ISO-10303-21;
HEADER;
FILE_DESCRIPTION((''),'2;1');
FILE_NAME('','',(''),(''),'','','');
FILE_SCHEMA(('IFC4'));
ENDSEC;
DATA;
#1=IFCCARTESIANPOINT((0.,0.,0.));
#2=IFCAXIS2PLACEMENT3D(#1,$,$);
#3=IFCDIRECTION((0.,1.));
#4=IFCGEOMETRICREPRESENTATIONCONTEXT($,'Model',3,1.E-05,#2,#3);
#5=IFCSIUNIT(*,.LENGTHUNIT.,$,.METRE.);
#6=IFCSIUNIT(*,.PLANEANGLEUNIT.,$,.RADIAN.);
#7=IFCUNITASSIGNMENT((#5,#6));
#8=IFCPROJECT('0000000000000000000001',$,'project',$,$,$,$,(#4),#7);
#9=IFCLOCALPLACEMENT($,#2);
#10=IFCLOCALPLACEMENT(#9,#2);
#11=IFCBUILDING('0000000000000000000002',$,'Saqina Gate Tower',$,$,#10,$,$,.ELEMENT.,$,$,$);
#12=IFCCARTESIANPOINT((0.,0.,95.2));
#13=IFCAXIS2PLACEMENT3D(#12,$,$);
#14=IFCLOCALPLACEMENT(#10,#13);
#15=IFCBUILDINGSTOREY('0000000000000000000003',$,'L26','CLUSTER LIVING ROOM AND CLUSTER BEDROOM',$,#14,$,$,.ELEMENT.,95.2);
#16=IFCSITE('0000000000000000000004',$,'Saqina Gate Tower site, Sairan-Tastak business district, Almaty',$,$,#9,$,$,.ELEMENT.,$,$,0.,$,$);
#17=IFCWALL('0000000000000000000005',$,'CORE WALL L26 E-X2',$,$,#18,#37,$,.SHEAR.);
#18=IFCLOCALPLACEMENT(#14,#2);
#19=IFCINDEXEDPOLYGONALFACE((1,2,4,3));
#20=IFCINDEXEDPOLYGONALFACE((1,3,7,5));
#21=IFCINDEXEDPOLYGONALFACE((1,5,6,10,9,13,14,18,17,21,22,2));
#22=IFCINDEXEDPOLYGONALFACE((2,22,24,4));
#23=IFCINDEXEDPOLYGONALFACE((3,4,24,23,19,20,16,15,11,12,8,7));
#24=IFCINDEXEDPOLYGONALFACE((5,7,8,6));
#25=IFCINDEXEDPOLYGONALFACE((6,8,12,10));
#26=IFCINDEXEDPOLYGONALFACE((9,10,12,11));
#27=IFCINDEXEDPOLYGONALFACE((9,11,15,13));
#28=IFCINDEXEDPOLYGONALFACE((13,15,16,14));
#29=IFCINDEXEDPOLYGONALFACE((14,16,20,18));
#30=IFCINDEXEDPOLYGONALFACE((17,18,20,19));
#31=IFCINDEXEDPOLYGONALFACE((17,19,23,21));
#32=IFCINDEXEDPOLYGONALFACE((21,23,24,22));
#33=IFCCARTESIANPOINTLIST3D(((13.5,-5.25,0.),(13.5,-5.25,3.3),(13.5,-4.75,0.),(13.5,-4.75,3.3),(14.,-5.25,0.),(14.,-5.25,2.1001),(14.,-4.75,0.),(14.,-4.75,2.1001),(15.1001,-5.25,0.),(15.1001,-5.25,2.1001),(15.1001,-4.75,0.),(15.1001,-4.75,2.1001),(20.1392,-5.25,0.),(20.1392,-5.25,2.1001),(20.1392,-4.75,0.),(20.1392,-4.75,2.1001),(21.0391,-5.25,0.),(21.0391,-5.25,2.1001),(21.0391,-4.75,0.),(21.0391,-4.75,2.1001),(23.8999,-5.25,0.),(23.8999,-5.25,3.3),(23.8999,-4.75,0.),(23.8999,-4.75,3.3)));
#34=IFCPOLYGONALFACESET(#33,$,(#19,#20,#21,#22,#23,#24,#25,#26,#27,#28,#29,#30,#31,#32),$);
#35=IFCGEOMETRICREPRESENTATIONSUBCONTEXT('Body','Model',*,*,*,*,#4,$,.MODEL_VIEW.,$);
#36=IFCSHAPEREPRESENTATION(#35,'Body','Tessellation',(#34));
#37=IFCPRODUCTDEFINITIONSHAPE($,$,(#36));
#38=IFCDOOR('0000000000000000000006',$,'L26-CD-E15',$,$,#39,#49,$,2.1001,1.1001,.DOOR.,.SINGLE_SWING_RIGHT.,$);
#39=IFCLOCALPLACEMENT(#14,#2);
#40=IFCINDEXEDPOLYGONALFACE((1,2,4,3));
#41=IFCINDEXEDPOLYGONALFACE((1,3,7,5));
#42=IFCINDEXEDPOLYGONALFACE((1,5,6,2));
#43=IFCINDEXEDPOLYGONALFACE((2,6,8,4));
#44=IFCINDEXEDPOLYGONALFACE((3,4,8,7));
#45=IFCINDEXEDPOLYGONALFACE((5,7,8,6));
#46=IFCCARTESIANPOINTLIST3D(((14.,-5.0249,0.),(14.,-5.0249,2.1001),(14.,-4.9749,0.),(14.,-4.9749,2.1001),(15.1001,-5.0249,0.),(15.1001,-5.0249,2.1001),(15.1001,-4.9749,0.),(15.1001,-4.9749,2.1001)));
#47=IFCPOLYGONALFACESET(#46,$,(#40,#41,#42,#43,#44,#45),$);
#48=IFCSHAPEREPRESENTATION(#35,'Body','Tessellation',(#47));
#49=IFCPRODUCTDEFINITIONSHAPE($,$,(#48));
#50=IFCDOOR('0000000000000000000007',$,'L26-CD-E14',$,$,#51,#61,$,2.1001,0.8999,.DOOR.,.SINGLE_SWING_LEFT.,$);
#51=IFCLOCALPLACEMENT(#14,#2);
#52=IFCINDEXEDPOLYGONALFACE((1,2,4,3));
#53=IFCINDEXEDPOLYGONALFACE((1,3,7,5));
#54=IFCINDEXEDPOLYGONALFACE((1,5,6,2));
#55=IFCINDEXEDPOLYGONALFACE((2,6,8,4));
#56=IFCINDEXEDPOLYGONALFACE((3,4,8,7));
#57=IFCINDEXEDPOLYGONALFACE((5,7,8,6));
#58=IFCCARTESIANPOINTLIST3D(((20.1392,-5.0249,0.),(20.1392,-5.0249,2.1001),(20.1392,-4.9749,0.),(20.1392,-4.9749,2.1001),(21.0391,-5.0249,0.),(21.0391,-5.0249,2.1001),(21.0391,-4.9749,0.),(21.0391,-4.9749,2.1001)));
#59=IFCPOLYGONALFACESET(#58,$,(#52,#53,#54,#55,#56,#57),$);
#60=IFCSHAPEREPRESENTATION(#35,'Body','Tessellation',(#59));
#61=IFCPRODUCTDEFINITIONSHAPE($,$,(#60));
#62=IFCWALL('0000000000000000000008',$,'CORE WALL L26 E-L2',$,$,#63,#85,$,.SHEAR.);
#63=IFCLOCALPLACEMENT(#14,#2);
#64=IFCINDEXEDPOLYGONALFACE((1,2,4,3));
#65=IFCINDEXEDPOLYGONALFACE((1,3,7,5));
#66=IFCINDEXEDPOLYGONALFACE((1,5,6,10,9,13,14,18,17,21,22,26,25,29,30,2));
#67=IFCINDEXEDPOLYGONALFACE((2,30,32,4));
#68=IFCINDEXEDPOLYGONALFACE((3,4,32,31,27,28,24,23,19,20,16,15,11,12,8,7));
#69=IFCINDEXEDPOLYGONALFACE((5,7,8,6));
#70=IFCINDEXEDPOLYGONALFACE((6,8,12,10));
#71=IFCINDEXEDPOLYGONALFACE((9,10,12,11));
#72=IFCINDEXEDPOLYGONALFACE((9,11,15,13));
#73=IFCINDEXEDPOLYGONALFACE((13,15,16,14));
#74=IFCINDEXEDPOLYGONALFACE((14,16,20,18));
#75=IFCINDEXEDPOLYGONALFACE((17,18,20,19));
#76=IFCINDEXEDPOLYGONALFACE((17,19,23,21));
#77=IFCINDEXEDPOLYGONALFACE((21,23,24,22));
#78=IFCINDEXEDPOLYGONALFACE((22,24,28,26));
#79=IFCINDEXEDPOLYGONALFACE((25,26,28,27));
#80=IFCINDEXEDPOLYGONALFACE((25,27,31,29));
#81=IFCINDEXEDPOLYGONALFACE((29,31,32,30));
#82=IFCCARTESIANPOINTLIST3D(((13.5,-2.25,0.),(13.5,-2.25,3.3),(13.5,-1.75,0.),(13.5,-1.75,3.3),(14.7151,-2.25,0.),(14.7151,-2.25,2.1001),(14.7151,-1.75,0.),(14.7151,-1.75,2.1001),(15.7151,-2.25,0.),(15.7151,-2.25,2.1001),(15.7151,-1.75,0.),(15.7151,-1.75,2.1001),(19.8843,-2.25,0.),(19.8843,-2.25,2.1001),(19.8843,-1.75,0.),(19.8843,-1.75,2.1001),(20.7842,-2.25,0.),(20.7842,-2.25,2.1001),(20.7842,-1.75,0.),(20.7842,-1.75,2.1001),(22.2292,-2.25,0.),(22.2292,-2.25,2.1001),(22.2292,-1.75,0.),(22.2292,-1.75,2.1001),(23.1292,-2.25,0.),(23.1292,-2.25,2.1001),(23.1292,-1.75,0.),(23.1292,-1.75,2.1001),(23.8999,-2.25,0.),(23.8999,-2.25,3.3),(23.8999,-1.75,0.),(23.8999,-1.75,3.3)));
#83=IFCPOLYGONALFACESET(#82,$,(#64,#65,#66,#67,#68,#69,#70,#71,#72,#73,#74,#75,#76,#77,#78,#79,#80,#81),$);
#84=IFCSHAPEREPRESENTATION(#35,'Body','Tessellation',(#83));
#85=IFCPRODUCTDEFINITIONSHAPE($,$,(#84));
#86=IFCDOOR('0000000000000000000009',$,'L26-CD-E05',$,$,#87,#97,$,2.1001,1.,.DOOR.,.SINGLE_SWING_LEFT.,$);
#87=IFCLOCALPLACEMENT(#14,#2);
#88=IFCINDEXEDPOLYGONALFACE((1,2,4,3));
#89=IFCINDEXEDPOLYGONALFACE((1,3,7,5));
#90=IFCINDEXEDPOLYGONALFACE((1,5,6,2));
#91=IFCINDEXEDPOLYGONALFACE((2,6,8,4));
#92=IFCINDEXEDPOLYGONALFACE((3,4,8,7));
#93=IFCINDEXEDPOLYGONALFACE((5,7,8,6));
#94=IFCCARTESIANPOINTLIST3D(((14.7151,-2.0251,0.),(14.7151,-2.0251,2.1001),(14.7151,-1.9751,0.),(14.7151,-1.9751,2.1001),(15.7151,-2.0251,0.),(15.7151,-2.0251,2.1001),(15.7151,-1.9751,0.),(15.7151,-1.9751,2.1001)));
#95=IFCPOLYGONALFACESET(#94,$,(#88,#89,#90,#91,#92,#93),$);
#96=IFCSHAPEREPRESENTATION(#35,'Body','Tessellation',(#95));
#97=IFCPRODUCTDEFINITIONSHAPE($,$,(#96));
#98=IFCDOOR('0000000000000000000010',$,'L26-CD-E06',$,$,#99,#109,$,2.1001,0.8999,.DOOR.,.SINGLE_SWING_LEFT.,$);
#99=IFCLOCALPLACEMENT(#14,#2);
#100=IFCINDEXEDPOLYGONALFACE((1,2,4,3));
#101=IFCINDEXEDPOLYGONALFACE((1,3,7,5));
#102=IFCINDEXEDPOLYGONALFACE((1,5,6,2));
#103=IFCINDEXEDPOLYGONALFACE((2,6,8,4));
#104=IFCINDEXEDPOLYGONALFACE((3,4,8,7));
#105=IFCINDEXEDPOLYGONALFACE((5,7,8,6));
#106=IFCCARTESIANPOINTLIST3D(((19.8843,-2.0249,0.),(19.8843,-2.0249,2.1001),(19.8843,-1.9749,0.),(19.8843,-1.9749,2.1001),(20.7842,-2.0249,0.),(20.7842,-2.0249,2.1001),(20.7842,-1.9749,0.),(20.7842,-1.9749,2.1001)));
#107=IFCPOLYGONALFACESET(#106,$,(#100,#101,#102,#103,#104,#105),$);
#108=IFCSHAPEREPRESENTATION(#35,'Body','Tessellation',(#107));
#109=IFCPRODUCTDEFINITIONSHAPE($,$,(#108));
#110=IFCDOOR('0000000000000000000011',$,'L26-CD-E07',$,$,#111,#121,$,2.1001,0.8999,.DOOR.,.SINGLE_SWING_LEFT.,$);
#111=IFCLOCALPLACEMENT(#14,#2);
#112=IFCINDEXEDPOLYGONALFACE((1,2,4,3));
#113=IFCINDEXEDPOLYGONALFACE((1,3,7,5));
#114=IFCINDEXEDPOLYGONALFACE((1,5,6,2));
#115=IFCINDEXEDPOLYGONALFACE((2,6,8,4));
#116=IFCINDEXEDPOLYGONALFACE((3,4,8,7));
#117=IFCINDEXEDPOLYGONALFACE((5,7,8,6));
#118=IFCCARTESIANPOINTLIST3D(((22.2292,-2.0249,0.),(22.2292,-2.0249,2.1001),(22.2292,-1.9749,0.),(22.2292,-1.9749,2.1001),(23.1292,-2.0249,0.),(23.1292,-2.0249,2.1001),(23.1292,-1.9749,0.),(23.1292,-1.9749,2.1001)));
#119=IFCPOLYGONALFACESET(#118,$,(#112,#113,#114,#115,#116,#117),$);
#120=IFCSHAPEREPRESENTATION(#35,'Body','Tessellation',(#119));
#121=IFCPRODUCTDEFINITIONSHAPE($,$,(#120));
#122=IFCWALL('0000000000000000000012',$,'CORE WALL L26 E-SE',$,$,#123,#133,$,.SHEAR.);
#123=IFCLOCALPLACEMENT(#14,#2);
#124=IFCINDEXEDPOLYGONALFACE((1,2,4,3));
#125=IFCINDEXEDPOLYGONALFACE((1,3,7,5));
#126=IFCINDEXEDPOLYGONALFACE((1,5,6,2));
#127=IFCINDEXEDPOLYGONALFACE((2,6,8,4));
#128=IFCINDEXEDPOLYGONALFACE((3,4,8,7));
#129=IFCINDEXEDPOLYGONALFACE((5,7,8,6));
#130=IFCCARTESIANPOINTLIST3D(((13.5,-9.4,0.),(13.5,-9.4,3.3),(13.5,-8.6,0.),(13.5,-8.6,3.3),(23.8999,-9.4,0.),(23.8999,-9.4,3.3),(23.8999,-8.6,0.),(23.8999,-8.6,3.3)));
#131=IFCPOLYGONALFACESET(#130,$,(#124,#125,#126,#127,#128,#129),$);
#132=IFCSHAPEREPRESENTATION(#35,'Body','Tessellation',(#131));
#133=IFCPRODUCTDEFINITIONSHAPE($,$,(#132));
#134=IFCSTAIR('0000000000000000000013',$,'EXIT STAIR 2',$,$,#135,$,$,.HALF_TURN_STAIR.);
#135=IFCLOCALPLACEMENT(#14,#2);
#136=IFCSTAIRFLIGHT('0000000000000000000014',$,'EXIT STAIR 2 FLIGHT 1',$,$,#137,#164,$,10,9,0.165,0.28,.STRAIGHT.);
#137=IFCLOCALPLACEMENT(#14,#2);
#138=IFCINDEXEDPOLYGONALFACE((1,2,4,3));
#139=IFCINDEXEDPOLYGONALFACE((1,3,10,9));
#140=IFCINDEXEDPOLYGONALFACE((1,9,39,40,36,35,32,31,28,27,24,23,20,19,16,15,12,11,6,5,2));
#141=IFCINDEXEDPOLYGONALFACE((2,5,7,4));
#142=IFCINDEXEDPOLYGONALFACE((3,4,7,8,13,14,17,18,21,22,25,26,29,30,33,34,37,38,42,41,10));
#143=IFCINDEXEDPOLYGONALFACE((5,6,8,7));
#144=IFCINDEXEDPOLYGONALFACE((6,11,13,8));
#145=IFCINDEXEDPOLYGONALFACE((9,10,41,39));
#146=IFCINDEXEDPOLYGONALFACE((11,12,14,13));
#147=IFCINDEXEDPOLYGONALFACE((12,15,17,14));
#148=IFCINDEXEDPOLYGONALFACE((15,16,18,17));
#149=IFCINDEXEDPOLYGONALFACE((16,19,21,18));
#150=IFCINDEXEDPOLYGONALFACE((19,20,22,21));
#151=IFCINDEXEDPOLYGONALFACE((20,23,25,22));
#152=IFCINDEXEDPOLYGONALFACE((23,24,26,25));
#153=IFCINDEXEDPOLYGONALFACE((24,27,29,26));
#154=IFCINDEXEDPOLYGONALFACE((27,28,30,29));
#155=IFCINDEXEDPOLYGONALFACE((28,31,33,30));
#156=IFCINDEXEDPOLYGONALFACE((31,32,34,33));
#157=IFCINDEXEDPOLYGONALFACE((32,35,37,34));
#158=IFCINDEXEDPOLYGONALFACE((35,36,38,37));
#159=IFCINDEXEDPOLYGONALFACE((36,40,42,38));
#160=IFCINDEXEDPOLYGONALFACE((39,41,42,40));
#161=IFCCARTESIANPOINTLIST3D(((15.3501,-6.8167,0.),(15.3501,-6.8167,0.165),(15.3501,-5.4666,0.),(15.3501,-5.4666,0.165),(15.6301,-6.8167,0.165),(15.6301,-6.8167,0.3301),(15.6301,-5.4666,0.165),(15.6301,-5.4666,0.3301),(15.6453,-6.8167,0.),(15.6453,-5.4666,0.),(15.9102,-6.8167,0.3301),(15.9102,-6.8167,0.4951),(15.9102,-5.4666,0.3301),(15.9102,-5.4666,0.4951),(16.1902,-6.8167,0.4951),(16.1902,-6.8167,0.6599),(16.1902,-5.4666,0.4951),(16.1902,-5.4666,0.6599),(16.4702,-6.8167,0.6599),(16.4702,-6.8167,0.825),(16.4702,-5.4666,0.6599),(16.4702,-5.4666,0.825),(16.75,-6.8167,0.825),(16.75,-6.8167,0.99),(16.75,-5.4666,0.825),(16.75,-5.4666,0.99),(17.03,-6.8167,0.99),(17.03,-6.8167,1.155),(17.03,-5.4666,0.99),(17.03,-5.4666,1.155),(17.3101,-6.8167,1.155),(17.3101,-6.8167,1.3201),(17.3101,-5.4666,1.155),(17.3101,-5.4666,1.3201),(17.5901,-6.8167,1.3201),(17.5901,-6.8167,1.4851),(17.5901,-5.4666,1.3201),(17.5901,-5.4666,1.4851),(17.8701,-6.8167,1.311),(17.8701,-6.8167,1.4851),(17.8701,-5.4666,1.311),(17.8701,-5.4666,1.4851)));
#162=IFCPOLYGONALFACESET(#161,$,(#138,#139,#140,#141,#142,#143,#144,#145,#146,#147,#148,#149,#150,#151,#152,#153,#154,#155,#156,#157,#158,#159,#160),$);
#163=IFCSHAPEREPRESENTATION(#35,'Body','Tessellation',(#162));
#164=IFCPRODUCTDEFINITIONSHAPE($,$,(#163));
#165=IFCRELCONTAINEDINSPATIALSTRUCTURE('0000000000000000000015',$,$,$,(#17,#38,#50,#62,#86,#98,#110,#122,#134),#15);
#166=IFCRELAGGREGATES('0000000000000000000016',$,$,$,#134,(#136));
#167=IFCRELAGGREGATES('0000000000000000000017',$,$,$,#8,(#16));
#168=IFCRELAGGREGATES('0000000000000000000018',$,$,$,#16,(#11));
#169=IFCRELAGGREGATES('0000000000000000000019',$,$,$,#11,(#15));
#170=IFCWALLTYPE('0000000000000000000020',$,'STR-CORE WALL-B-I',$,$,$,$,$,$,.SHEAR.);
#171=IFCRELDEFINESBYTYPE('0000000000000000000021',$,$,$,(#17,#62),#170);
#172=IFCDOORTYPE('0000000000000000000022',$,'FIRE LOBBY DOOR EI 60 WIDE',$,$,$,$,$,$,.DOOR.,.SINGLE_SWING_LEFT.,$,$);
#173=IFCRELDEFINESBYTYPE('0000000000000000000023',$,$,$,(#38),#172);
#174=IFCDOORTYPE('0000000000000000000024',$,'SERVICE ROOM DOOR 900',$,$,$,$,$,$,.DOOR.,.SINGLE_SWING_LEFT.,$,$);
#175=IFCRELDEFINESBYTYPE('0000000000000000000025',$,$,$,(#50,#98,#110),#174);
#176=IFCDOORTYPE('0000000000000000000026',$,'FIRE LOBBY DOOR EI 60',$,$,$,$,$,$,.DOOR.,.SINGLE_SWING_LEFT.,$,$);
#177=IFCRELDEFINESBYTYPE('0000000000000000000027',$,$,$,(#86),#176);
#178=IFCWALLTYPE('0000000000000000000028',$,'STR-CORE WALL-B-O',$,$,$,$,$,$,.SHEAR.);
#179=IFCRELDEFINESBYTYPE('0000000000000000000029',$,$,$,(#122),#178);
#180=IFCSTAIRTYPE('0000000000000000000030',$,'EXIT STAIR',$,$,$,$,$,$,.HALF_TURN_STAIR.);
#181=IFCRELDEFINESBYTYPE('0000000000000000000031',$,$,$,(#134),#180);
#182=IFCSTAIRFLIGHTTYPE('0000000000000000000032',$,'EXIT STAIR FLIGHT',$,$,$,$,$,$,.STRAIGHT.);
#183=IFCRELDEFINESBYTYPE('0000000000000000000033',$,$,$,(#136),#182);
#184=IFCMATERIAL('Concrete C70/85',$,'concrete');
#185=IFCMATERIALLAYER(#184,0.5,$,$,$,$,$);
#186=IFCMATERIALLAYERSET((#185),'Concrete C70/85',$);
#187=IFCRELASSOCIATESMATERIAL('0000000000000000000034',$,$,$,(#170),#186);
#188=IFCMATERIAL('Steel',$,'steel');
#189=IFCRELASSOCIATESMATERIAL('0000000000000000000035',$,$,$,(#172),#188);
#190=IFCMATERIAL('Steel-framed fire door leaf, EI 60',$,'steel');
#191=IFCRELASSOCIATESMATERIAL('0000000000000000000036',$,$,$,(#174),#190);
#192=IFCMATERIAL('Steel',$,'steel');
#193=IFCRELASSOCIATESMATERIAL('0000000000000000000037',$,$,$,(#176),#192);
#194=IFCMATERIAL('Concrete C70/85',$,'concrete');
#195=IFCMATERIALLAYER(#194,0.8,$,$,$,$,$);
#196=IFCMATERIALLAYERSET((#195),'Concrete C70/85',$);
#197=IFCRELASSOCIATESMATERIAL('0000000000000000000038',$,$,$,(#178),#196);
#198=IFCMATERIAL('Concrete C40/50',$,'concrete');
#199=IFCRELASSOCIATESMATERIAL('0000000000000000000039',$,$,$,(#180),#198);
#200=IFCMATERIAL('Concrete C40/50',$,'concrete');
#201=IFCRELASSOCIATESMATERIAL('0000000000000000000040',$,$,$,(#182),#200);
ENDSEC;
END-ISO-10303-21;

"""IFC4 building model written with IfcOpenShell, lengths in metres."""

from ifc_helpers import new_model, si_unit, direction, frame, frame_2d, origin, place, context, subcontext, project, spatial, polyline, rectangle, outline, extrude, material, layer, layer_set, type_object, element, fill, aggregate, save


model = new_model("IFC4")

# Units and contexts
model_context = context("Model", 3, precision=1e-05, world=origin(), true_north=direction((0.0, 1.0)))
body_context = subcontext(model_context, "Body", "Model", "MODEL_VIEW")
ifc_project = project(units=[si_unit("LENGTHUNIT", "METRE"), si_unit("PLANEANGLEUNIT", "RADIAN")], contexts=[model_context])

# Site, building, storey
site_placement = place(None, origin())
site = spatial("IfcSite", under=ifc_project, at=site_placement, Name="Saqina Gate Tower site, Sairan-Tastak business district, Almaty", CompositionType="ELEMENT", RefElevation=0.0)
building_placement = place(site_placement, origin())
building = spatial("IfcBuilding", under=site, at=building_placement, Name="Saqina Gate Tower", CompositionType="ELEMENT")
storey_placement = place(building_placement, frame((0.0, 0.0, 95.2)))
storey = spatial("IfcBuildingStorey", under=building, at=storey_placement, Name="L26", Description="CLUSTER LIVING ROOM AND CLUSTER BEDROOM", CompositionType="ELEMENT", Elevation=95.2)

# Walls, openings, doors
ifc_material_1 = material(Name="Concrete C70/85", Category="concrete")
ifc_layer_1 = layer(ifc_material_1, 0.5)
ifc_layer_set_1 = layer_set([ifc_layer_1], Name="Concrete C70/85")
wall_type_1 = type_object("IfcWallType", Name="STR-CORE WALL-B-I", PredefinedType="SHEAR", material=ifc_layer_set_1)
wall_1_placement = place(storey_placement, frame((13.5, -5.0, 0.0), z_axis=(0.0, 0.0, 1.0), x_axis=(1.0, 0.0, 0.0)))
wall_1 = element("IfcWall", 1, at=wall_1_placement, inside=storey, type_object=wall_type_1, Name="CORE WALL L26 E-X2", PredefinedType="SHEAR", context=body_context, shape_type="SweptSolid", body=[
    extrude(rectangle(XDim=10.3999, YDim=0.5, at=frame_2d((5.2, 0.0))), origin(), (0.0, 0.0, 1.0), 3.3),
])
opening_1_placement = place(wall_1_placement, frame((6.6392, 0.0, 0.0)))
opening_1 = element("IfcOpeningElement", 2, at=opening_1_placement, cuts=wall_1, PredefinedType="OPENING", context=body_context, shape_type="SweptSolid", body=[
    extrude(rectangle(XDim=0.8999, YDim=2.1001, at=frame_2d((0.45, 1.05))), frame((0.0, 0.262, 0.0), z_axis=(0.0, -1.0, 0.0), x_axis=(1.0, 0.0, 0.0)), (0.0, 0.0, 1.0), 0.5239),
])
opening_2_placement = place(wall_1_placement, frame((0.5, 0.0, 0.0)))
opening_2 = element("IfcOpeningElement", 3, at=opening_2_placement, cuts=wall_1, PredefinedType="OPENING", context=body_context, shape_type="SweptSolid", body=[
    extrude(rectangle(XDim=1.1001, YDim=2.1001, at=frame_2d((0.55, 1.05))), frame((0.0, 0.262, 0.0), z_axis=(0.0, -1.0, 0.0), x_axis=(1.0, 0.0, 0.0)), (0.0, 0.0, 1.0), 0.5239),
])
ifc_material_2 = material(Name="Steel", Category="steel")
door_type_1 = type_object("IfcDoorType", Name="FIRE LOBBY DOOR EI 60 WIDE", OperationType="SINGLE_SWING_LEFT", PredefinedType="DOOR", material=ifc_material_2)
door_1_placement = place(opening_2_placement, frame((1.1001, 0.0, 0.0), z_axis=(0.0, 0.0, 1.0), x_axis=(-1.0, 0.0, 0.0)))
door_1 = element("IfcDoor", 4, at=door_1_placement, inside=storey, type_object=door_type_1, Name="L26-CD-E15", OperationType="SINGLE_SWING_RIGHT", OverallHeight=2.1001, OverallWidth=1.1001, PredefinedType="DOOR", context=body_context, shape_type="SweptSolid", body=[
    extrude(rectangle(XDim=1.1001, YDim=2.1001, at=frame_2d((0.55, 1.05))), frame((0.0, 0.0249, 0.0), z_axis=(0.0, -1.0, 0.0), x_axis=(1.0, 0.0, 0.0)), (0.0, 0.0, 1.0), 0.05),
])
fill(opening_2, door_1)
ifc_material_3 = material(Name="Steel-framed fire door leaf, EI 60", Category="steel")
door_type_2 = type_object("IfcDoorType", Name="SERVICE ROOM DOOR 900", OperationType="SINGLE_SWING_LEFT", PredefinedType="DOOR", material=ifc_material_3)
door_2_placement = place(opening_1_placement, frame((0.8999, 0.0, 0.0), z_axis=(0.0, 0.0, 1.0), x_axis=(-1.0, 0.0, 0.0)))
door_2 = element("IfcDoor", 5, at=door_2_placement, inside=storey, type_object=door_type_2, Name="L26-CD-E14", OperationType="SINGLE_SWING_LEFT", OverallHeight=2.1001, OverallWidth=0.8999, PredefinedType="DOOR", context=body_context, shape_type="SweptSolid", body=[
    extrude(rectangle(XDim=0.8999, YDim=2.1001, at=frame_2d((0.45, 1.05))), frame((0.0, 0.0249, 0.0), z_axis=(0.0, -1.0, 0.0), x_axis=(1.0, 0.0, 0.0)), (0.0, 0.0, 1.0), 0.05),
])
fill(opening_1, door_2)
wall_2_placement = place(storey_placement, frame((13.5, -2.0, 0.0), z_axis=(0.0, 0.0, 1.0), x_axis=(1.0, 0.0, 0.0)))
wall_2 = element("IfcWall", 6, at=wall_2_placement, inside=storey, type_object=wall_type_1, Name="CORE WALL L26 E-L2", PredefinedType="SHEAR", context=body_context, shape_type="SweptSolid", body=[
    extrude(rectangle(XDim=10.3999, YDim=0.5, at=frame_2d((5.2, 0.0))), origin(), (0.0, 0.0, 1.0), 3.3),
])
opening_3_placement = place(wall_2_placement, frame((1.2151, 0.0, 0.0)))
opening_3 = element("IfcOpeningElement", 7, at=opening_3_placement, cuts=wall_2, PredefinedType="OPENING", context=body_context, shape_type="SweptSolid", body=[
    extrude(rectangle(XDim=1.0, YDim=2.1001, at=frame_2d((0.5, 1.05))), frame((0.0, 0.262, 0.0), z_axis=(0.0, -1.0, 0.0), x_axis=(1.0, 0.0, 0.0)), (0.0, 0.0, 1.0), 0.5239),
])
opening_4_placement = place(wall_2_placement, frame((6.3843, 0.0, 0.0)))
opening_4 = element("IfcOpeningElement", 8, at=opening_4_placement, cuts=wall_2, PredefinedType="OPENING", context=body_context, shape_type="SweptSolid", body=[
    extrude(rectangle(XDim=0.8999, YDim=2.1001, at=frame_2d((0.45, 1.05))), frame((0.0, 0.262, 0.0), z_axis=(0.0, -1.0, 0.0), x_axis=(1.0, 0.0, 0.0)), (0.0, 0.0, 1.0), 0.5239),
])
opening_5_placement = place(wall_2_placement, frame((8.7292, 0.0, 0.0)))
opening_5 = element("IfcOpeningElement", 9, at=opening_5_placement, cuts=wall_2, PredefinedType="OPENING", context=body_context, shape_type="SweptSolid", body=[
    extrude(rectangle(XDim=0.8999, YDim=2.1001, at=frame_2d((0.45, 1.05))), frame((0.0, 0.262, 0.0), z_axis=(0.0, -1.0, 0.0), x_axis=(1.0, 0.0, 0.0)), (0.0, 0.0, 1.0), 0.5239),
])
ifc_material_4 = material(Name="Steel", Category="steel")
door_type_3 = type_object("IfcDoorType", Name="FIRE LOBBY DOOR EI 60", OperationType="SINGLE_SWING_LEFT", PredefinedType="DOOR", material=ifc_material_4)
door_3_placement = place(opening_3_placement, origin())
door_3 = element("IfcDoor", 10, at=door_3_placement, inside=storey, type_object=door_type_3, Name="L26-CD-E05", OperationType="SINGLE_SWING_LEFT", OverallHeight=2.1001, OverallWidth=1.0, PredefinedType="DOOR", context=body_context, shape_type="SweptSolid", body=[
    extrude(rectangle(XDim=1.0, YDim=2.1001, at=frame_2d((0.5, 1.05))), frame((0.0, 0.0249, 0.0), z_axis=(0.0, -1.0, 0.0), x_axis=(1.0, 0.0, 0.0)), (0.0, 0.0, 1.0), 0.05),
])
fill(opening_3, door_3)
door_4_placement = place(opening_4_placement, frame((0.8999, 0.0, 0.0), z_axis=(0.0, 0.0, 1.0), x_axis=(-1.0, 0.0, 0.0)))
door_4 = element("IfcDoor", 11, at=door_4_placement, inside=storey, type_object=door_type_2, Name="L26-CD-E06", OperationType="SINGLE_SWING_LEFT", OverallHeight=2.1001, OverallWidth=0.8999, PredefinedType="DOOR", context=body_context, shape_type="SweptSolid", body=[
    extrude(rectangle(XDim=0.8999, YDim=2.1001, at=frame_2d((0.45, 1.05))), frame((0.0, 0.0249, 0.0), z_axis=(0.0, -1.0, 0.0), x_axis=(1.0, 0.0, 0.0)), (0.0, 0.0, 1.0), 0.05),
])
fill(opening_4, door_4)
door_5_placement = place(opening_5_placement, frame((0.8999, 0.0, 0.0), z_axis=(0.0, 0.0, 1.0), x_axis=(-1.0, 0.0, 0.0)))
door_5 = element("IfcDoor", 12, at=door_5_placement, inside=storey, type_object=door_type_2, Name="L26-CD-E07", OperationType="SINGLE_SWING_LEFT", OverallHeight=2.1001, OverallWidth=0.8999, PredefinedType="DOOR", context=body_context, shape_type="SweptSolid", body=[
    extrude(rectangle(XDim=0.8999, YDim=2.1001, at=frame_2d((0.45, 1.05))), frame((0.0, 0.0249, 0.0), z_axis=(0.0, -1.0, 0.0), x_axis=(1.0, 0.0, 0.0)), (0.0, 0.0, 1.0), 0.05),
])
fill(opening_5, door_5)
ifc_material_5 = material(Name="Concrete C70/85", Category="concrete")
ifc_layer_2 = layer(ifc_material_5, 0.8)
ifc_layer_set_2 = layer_set([ifc_layer_2], Name="Concrete C70/85")
wall_type_2 = type_object("IfcWallType", Name="STR-CORE WALL-B-O", PredefinedType="SHEAR", material=ifc_layer_set_2)

# Wall
wall_3_placement = place(storey_placement, frame((13.5, -9.0, 0.0), z_axis=(0.0, 0.0, 1.0), x_axis=(1.0, 0.0, 0.0)))
element("IfcWall", 13, at=wall_3_placement, inside=storey, type_object=wall_type_2, Name="CORE WALL L26 E-SE", PredefinedType="SHEAR", context=body_context, shape_type="SweptSolid", body=[
    extrude(rectangle(XDim=10.3999, YDim=0.8, at=frame_2d((5.2, 0.0))), origin(), (0.0, 0.0, 1.0), 3.3),
])

# Stair, stair flight
ifc_material_6 = material(Name="Concrete C40/50", Category="concrete")
stair_type = type_object("IfcStairType", Name="EXIT STAIR", PredefinedType="HALF_TURN_STAIR", material=ifc_material_6)
stair_placement = place(storey_placement, origin())
stair = element("IfcStair", 14, at=stair_placement, inside=storey, type_object=stair_type, Name="EXIT STAIR 2", PredefinedType="HALF_TURN_STAIR")
ifc_material_7 = material(Name="Concrete C40/50", Category="concrete")
stair_flight_type = type_object("IfcStairFlightType", Name="EXIT STAIR FLIGHT", PredefinedType="STRAIGHT", material=ifc_material_7)
stair_flight_1_placement = place(storey_placement, frame((15.3501, -6.1416, 0.0), z_axis=(0.0, 0.0, 1.0), x_axis=(1.0, 0.0, 0.0)))
stair_flight_1 = element("IfcStairFlight", 15, at=stair_flight_1_placement, type_object=stair_flight_type, Name="EXIT STAIR 2 FLIGHT 1", NumberOfRisers=10, NumberOfTreads=9, PredefinedType="STRAIGHT", RiserHeight=0.165, TreadLength=0.28, context=body_context, shape_type="SweptSolid", body=[
    extrude(outline(polyline([(0.0, 0.0), (0.0, 0.165), (0.28, 0.165), (0.28, 0.3301), (0.5601, 0.3301), (0.5601, 0.4951), (0.8401, 0.4951), (0.8401, 0.6599), (1.1201, 0.6599), (1.1201, 0.825), (1.3999, 0.825), (1.3999, 0.99), (1.6799, 0.99), (1.6799, 1.155), (1.96, 1.155), (1.96, 1.3201), (2.24, 1.3201), (2.24, 1.4851), (2.52, 1.4851), (2.52, 1.6499), (2.52, 1.311), (0.2952, 0.0), (0.0, 0.0)])), frame((0.0, 0.675, 0.0), z_axis=(0.0, -1.0, 0.0), x_axis=(1.0, 0.0, 0.0)), (0.0, 0.0, 1.0), 1.3501),
])
aggregate(stair, [stair_flight_1])

save(model, "model.ifc")
